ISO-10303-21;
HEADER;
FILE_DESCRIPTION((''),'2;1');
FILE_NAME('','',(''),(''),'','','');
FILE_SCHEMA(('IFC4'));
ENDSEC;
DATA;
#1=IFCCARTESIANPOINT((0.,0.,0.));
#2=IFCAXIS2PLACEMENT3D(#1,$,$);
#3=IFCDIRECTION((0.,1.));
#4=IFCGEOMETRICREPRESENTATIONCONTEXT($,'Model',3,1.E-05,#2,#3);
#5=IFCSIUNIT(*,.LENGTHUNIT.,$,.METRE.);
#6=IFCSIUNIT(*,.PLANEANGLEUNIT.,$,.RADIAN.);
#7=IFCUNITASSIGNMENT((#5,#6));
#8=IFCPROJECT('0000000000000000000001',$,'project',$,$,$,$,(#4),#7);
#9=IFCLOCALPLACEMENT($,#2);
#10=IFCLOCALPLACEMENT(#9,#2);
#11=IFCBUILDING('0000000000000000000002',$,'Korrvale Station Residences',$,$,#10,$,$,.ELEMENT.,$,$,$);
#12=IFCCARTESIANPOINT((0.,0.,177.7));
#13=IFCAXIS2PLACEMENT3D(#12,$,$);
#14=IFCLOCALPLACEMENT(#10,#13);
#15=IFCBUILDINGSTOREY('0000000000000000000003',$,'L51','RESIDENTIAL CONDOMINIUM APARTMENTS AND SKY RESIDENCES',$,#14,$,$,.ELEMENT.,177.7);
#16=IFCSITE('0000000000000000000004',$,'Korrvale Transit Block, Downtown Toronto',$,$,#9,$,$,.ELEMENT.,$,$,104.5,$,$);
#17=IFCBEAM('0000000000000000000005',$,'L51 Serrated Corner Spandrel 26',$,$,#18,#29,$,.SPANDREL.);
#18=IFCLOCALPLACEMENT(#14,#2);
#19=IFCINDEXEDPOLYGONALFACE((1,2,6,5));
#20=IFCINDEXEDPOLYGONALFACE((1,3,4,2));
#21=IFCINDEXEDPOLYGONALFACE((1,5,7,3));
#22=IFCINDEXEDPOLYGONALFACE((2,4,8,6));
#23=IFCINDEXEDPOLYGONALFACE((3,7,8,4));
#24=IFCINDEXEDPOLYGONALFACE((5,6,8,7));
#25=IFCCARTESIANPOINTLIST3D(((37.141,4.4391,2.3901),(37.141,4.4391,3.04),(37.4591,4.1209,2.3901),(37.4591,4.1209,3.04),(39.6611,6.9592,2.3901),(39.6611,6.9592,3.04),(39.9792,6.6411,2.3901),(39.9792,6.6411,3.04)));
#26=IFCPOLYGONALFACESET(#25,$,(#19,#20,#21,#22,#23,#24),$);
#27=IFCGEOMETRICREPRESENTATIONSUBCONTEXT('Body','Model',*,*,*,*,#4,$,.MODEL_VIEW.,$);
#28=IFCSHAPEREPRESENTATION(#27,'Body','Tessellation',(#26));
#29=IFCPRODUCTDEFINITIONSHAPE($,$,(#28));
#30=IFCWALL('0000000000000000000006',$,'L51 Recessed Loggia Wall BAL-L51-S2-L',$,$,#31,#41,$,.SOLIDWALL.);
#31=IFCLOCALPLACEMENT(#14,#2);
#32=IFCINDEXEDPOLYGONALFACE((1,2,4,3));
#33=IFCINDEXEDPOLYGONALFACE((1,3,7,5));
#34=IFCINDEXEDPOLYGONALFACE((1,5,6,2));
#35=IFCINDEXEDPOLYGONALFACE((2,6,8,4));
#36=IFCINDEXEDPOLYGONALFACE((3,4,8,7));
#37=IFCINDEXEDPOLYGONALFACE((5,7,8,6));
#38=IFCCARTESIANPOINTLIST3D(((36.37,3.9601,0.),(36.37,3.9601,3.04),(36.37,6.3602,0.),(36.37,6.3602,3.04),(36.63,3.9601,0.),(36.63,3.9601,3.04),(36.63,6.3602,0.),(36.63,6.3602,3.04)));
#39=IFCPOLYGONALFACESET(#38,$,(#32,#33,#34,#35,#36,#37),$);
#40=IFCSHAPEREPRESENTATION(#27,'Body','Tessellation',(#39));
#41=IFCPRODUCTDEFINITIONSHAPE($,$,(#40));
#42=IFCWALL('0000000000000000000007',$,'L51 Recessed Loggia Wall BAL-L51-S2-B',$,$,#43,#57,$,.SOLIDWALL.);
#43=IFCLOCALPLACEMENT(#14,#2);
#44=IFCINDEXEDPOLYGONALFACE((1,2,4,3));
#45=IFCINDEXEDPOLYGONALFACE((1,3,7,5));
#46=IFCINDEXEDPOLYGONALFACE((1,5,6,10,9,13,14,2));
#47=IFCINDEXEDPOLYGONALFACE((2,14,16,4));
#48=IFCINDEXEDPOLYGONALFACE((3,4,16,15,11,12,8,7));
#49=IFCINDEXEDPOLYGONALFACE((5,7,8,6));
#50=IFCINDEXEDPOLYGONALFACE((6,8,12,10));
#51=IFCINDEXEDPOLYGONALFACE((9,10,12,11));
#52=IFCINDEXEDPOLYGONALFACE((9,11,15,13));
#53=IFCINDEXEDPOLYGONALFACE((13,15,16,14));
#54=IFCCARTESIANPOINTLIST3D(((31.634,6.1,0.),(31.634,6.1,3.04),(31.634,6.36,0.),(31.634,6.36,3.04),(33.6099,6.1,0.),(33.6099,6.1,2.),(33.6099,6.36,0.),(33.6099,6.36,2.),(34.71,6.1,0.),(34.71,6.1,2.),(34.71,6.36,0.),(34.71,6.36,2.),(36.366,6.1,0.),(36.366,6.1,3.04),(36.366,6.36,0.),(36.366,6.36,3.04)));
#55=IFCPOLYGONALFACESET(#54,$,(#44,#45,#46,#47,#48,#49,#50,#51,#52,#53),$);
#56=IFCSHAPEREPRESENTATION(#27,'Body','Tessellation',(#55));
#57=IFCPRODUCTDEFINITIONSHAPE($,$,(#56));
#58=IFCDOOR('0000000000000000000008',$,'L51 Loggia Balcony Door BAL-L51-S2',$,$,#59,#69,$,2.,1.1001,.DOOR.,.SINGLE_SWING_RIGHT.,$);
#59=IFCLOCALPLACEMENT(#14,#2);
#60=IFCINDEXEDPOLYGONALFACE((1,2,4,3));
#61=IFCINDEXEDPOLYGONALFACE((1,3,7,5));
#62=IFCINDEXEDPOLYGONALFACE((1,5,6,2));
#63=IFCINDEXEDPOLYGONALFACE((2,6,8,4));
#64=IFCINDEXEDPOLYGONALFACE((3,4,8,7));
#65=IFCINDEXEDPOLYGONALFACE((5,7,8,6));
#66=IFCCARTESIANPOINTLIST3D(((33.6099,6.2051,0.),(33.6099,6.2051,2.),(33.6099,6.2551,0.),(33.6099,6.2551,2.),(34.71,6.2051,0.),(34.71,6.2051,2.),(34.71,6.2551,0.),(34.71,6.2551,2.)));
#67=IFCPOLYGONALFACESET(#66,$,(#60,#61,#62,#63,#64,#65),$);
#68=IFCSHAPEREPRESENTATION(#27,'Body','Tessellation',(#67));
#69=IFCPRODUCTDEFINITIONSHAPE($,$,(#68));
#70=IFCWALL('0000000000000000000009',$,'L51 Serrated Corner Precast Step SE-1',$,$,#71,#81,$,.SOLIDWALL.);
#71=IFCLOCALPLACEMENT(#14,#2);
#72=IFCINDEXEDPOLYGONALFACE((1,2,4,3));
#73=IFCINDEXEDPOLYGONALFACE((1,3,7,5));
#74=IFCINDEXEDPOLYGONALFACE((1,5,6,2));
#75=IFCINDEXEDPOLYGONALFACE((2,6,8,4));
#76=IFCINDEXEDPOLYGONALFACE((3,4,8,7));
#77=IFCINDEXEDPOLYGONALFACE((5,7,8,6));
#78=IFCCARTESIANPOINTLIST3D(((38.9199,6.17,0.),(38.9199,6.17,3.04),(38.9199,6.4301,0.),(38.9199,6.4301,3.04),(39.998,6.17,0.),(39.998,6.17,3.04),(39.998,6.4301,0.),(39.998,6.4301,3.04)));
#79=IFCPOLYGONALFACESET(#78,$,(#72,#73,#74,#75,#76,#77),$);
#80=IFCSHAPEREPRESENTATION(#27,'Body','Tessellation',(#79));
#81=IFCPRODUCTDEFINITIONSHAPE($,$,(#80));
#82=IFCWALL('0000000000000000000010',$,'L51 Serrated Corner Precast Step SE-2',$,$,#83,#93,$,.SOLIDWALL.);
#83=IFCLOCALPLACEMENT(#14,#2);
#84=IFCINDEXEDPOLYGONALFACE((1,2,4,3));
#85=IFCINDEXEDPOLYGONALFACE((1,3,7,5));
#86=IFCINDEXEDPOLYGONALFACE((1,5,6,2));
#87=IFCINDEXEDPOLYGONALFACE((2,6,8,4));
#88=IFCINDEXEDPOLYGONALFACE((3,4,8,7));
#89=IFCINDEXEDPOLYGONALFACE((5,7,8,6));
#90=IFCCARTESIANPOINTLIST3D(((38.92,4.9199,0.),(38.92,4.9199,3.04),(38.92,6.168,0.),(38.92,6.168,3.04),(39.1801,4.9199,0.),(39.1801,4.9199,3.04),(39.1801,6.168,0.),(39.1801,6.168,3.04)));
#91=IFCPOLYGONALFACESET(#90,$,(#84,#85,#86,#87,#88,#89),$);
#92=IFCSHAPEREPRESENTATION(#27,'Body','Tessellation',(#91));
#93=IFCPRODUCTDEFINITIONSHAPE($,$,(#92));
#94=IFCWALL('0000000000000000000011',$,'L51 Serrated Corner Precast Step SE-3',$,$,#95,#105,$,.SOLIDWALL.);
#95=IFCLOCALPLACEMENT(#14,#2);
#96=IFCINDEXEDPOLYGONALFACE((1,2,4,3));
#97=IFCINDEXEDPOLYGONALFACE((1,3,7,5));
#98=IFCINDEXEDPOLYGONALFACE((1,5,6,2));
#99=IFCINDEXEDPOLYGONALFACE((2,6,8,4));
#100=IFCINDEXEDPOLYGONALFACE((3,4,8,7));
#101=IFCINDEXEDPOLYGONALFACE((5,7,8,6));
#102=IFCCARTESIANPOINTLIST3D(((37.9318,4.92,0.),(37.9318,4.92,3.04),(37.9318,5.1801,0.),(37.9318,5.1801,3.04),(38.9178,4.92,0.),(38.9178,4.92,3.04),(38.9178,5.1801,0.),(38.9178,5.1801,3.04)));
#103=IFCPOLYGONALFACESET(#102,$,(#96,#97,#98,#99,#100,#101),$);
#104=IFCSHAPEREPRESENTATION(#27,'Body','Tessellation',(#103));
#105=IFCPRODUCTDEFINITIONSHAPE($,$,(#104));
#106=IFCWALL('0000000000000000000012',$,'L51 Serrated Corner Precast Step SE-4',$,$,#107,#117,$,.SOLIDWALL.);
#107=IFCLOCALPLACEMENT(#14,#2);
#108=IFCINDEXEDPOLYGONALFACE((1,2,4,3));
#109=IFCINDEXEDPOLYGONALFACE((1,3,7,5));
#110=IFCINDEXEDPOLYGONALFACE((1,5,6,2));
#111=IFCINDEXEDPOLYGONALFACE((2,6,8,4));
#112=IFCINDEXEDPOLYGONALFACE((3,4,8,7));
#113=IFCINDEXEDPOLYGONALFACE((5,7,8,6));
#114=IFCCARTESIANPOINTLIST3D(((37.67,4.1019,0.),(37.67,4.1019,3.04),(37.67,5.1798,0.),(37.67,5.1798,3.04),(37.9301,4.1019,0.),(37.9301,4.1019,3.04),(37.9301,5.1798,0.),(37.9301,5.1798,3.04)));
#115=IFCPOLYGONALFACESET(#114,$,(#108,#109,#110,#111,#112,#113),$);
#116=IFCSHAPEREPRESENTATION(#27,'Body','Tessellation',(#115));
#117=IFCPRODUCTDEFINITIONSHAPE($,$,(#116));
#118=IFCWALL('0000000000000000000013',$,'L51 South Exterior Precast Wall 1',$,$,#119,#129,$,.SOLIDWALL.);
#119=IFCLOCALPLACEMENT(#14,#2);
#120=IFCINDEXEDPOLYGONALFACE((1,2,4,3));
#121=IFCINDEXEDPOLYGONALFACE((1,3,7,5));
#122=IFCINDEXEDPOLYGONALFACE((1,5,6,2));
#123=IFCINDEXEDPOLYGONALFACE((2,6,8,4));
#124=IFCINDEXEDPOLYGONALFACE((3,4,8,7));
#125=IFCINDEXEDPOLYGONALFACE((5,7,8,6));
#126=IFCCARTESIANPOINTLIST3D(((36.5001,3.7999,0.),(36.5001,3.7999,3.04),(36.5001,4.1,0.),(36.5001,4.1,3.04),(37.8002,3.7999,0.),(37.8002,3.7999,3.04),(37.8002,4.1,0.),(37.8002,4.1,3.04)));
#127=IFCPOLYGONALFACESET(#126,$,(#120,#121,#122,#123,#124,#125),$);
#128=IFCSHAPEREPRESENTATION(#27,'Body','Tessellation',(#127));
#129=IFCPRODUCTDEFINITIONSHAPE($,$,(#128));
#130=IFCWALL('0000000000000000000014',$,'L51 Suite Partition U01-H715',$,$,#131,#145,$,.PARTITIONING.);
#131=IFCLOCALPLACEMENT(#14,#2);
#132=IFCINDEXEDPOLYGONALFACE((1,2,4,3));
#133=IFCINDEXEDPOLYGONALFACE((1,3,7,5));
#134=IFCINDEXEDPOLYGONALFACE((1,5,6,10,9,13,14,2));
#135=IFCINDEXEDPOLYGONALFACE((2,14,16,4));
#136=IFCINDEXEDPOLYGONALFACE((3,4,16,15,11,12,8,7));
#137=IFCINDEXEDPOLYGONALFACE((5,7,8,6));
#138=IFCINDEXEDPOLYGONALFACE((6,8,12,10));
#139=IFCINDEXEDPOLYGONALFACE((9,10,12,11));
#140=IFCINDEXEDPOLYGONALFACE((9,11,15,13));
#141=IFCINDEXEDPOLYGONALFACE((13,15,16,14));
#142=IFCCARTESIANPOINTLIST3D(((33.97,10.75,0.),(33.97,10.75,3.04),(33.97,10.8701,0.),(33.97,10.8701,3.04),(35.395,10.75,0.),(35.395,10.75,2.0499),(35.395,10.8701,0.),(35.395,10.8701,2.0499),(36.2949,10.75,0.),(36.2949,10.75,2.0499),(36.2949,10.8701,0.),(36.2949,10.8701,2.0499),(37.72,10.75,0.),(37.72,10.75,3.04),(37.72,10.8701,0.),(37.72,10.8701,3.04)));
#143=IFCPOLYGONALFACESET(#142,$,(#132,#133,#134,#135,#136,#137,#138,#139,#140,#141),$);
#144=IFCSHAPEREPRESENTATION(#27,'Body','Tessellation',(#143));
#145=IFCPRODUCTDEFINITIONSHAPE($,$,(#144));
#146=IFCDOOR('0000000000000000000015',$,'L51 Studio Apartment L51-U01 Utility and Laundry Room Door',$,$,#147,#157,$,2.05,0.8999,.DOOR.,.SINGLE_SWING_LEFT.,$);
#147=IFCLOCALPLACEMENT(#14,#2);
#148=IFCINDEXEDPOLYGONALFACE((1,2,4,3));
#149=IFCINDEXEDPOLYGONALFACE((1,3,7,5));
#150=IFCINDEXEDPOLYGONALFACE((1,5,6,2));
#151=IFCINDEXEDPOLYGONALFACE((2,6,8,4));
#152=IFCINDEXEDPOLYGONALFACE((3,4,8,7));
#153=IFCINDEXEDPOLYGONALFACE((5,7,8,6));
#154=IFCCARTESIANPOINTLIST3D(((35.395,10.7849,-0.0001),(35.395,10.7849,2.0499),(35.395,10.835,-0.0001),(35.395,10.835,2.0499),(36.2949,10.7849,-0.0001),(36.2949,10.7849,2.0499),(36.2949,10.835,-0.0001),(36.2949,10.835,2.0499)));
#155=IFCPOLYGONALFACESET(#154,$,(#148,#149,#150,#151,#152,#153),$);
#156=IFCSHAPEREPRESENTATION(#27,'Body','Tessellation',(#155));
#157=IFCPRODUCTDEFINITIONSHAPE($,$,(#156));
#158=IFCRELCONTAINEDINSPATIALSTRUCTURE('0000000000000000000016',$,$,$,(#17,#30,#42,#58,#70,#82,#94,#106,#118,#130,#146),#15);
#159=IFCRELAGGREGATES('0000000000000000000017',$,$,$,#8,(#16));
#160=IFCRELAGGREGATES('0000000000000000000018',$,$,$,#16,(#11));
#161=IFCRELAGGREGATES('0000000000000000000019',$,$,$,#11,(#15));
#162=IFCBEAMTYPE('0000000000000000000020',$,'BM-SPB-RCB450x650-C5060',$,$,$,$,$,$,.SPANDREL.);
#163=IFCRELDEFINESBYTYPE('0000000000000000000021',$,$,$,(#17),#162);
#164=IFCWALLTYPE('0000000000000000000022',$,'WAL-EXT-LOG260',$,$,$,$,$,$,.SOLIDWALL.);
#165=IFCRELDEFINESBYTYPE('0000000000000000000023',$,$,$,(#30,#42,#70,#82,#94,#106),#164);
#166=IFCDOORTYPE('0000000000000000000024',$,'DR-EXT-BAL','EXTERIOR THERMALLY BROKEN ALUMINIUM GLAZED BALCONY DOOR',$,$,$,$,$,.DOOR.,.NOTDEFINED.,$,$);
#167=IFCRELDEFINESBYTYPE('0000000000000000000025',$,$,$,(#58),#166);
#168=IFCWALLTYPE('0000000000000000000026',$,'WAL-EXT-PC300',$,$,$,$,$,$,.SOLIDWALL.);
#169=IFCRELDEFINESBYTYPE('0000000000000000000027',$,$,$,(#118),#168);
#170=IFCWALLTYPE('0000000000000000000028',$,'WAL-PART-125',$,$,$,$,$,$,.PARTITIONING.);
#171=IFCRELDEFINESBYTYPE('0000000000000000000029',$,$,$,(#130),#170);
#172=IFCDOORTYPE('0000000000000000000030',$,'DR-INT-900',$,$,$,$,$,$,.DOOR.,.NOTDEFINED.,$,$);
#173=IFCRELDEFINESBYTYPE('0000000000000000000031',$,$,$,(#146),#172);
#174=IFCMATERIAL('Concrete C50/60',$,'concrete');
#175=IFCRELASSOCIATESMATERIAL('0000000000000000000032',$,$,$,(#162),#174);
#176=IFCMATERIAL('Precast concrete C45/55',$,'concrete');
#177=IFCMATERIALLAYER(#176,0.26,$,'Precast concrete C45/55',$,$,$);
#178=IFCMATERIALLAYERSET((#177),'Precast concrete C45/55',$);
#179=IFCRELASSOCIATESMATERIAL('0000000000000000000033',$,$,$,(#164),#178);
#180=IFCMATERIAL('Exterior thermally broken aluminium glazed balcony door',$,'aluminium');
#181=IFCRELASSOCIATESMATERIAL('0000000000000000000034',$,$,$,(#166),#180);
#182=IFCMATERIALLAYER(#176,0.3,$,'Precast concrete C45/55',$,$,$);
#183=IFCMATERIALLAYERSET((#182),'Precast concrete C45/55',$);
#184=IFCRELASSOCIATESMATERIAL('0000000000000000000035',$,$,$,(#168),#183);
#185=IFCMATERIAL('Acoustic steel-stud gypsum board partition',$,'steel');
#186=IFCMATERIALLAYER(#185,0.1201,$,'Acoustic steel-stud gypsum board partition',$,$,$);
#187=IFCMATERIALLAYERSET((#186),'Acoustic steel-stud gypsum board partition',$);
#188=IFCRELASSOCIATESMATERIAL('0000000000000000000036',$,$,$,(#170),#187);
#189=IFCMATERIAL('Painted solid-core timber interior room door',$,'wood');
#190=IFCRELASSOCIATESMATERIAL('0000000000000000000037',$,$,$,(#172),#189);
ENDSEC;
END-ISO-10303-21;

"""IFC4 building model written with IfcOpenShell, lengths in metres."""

from ifc_helpers import new_model, si_unit, direction, frame, frame_2d, origin, origin_2d, place, context, subcontext, project, spatial, rectangle, extrude, material, layer, layer_set, material_profile, profile_set, type_object, element, fill, save


model = new_model("IFC4")

# Units and contexts
model_context = context("Model", 3, precision=1e-05, world=origin(), true_north=direction((0.0, 1.0)))
body_context = subcontext(model_context, "Body", "Model", "MODEL_VIEW")
ifc_project = project(units=[si_unit("LENGTHUNIT", "METRE"), si_unit("PLANEANGLEUNIT", "RADIAN")], contexts=[model_context])

# Site, building, storey
site_placement = place(None, origin())
site = spatial("IfcSite", under=ifc_project, at=site_placement, Name="Korrvale Transit Block, Downtown Toronto", CompositionType="ELEMENT", RefElevation=104.5)
building_placement = place(site_placement, origin())
building = spatial("IfcBuilding", under=site, at=building_placement, Name="Korrvale Station Residences", CompositionType="ELEMENT")
storey_placement = place(building_placement, frame((0.0, 0.0, 177.7)))
storey = spatial("IfcBuildingStorey", under=building, at=storey_placement, Name="L51", Description="RESIDENTIAL CONDOMINIUM APARTMENTS AND SKY RESIDENCES", CompositionType="ELEMENT", Elevation=177.7)

# Shared definitions
ifc_material_1 = material(Name="Concrete C50/60", Category="concrete")

# Beam
ifc_material_profile_1 = material_profile(ifc_material_1, rectangle(XDim=0.45, YDim=0.6499, at=origin_2d()), Name="RCB450x650")
ifc_profile_set_1 = profile_set([ifc_material_profile_1], Name="Concrete C50/60")
beam_type_1 = type_object("IfcBeamType", Name="BM-SPB-RCB450x650-C5060", PredefinedType="SPANDREL", material=ifc_profile_set_1)
beam_1_placement = place(storey_placement, frame((37.3, 4.28, 2.7151), z_axis=(0.707107, 0.707107, 0.0), x_axis=(-0.707107, 0.707107, 0.0)))
element("IfcBeam", 1, at=beam_1_placement, inside=storey, type_object=beam_type_1, Name="L51 Serrated Corner Spandrel 26", PredefinedType="SPANDREL", context=body_context, shape_type="SweptSolid", body=[
    extrude(rectangle(XDim=0.45, YDim=0.6499, at=origin_2d()), origin(), (0.0, 0.0, 1.0), 3.564),
])

# Wall
ifc_material_2 = material(Name="Precast concrete C45/55", Category="concrete")
ifc_layer_1 = layer(ifc_material_2, 0.26, Name="Precast concrete C45/55")
ifc_layer_set_1 = layer_set([ifc_layer_1], Name="Precast concrete C45/55")
wall_type_1 = type_object("IfcWallType", Name="WAL-EXT-LOG260", PredefinedType="SOLIDWALL", material=ifc_layer_set_1)
wall_1_placement = place(storey_placement, frame((36.5, 3.96, 0.0), z_axis=(0.0, 0.0, 1.0), x_axis=(0.0, 1.0, 0.0)))
element("IfcWall", 2, at=wall_1_placement, inside=storey, type_object=wall_type_1, Name="L51 Recessed Loggia Wall BAL-L51-S2-L", PredefinedType="SOLIDWALL", context=body_context, shape_type="SweptSolid", body=[
    extrude(rectangle(XDim=2.4001, YDim=0.26, at=frame_2d((1.2002, 0.0))), origin(), (0.0, 0.0, 1.0), 3.04),
])

# Wall, opening, door
wall_2_placement = place(storey_placement, frame((36.366, 6.23, 0.0), z_axis=(0.0, 0.0, 1.0), x_axis=(-1.0, 0.0, 0.0)))
wall_2 = element("IfcWall", 3, at=wall_2_placement, inside=storey, type_object=wall_type_1, Name="L51 Recessed Loggia Wall BAL-L51-S2-B", PredefinedType="SOLIDWALL", context=body_context, shape_type="SweptSolid", body=[
    extrude(rectangle(XDim=4.7319, YDim=0.26, at=frame_2d((2.366, 0.0))), origin(), (0.0, 0.0, 1.0), 3.04),
])
opening_1_placement = place(wall_2_placement, frame((1.656, 0.0, 0.0)))
opening_1 = element("IfcOpeningElement", 4, at=opening_1_placement, cuts=wall_2, PredefinedType="OPENING", context=body_context, shape_type="SweptSolid", body=[
    extrude(rectangle(XDim=1.1001, YDim=2.0, at=frame_2d((0.55, 1.0))), frame((0.0, 0.1401, 0.0), z_axis=(0.0, -1.0, 0.0), x_axis=(1.0, 0.0, 0.0)), (0.0, 0.0, 1.0), 0.28),
])
ifc_material_3 = material(Name="Exterior thermally broken aluminium glazed balcony door", Category="aluminium")
door_type_1 = type_object("IfcDoorType", Name="DR-EXT-BAL", Description="EXTERIOR THERMALLY BROKEN ALUMINIUM GLAZED BALCONY DOOR", OperationType="NOTDEFINED", PredefinedType="DOOR", material=ifc_material_3)
door_1_placement = place(opening_1_placement, origin())
door_1 = element("IfcDoor", 5, at=door_1_placement, inside=storey, type_object=door_type_1, Name="L51 Loggia Balcony Door BAL-L51-S2", OperationType="SINGLE_SWING_RIGHT", OverallHeight=2.0, OverallWidth=1.1001, PredefinedType="DOOR", context=body_context, shape_type="SweptSolid", body=[
    extrude(rectangle(XDim=1.1001, YDim=2.0, at=frame_2d((0.55, 1.0))), frame((0.0, 0.0249, 0.0), z_axis=(0.0, -1.0, 0.0), x_axis=(1.0, 0.0, 0.0)), (0.0, 0.0, 1.0), 0.05),
])
fill(opening_1, door_1)

# Walls
wall_3_placement = place(storey_placement, frame((39.998, 6.3, 0.0), z_axis=(0.0, 0.0, 1.0), x_axis=(-1.0, 0.0, 0.0)))
element("IfcWall", 6, at=wall_3_placement, inside=storey, type_object=wall_type_1, Name="L51 Serrated Corner Precast Step SE-1", PredefinedType="SOLIDWALL", context=body_context, shape_type="SweptSolid", body=[
    extrude(rectangle(XDim=1.0781, YDim=0.26, at=frame_2d((0.5391, 0.0))), origin(), (0.0, 0.0, 1.0), 3.04),
])
wall_4_placement = place(storey_placement, frame((39.05, 6.168, 0.0), z_axis=(0.0, 0.0, 1.0), x_axis=(0.0, -1.0, 0.0)))
element("IfcWall", 7, at=wall_4_placement, inside=storey, type_object=wall_type_1, Name="L51 Serrated Corner Precast Step SE-2", PredefinedType="SOLIDWALL", context=body_context, shape_type="SweptSolid", body=[
    extrude(rectangle(XDim=1.248, YDim=0.26, at=frame_2d((0.624, 0.0))), origin(), (0.0, 0.0, 1.0), 3.04),
])
wall_5_placement = place(storey_placement, frame((38.918, 5.05, 0.0), z_axis=(0.0, 0.0, 1.0), x_axis=(-1.0, 0.0, 0.0)))
element("IfcWall", 8, at=wall_5_placement, inside=storey, type_object=wall_type_1, Name="L51 Serrated Corner Precast Step SE-3", PredefinedType="SOLIDWALL", context=body_context, shape_type="SweptSolid", body=[
    extrude(rectangle(XDim=0.9861, YDim=0.26, at=frame_2d((0.4932, 0.0))), origin(), (0.0, 0.0, 1.0), 3.04),
])
wall_6_placement = place(storey_placement, frame((37.8, 5.1799, 0.0), z_axis=(0.0, 0.0, 1.0), x_axis=(0.0, -1.0, 0.0)))
element("IfcWall", 9, at=wall_6_placement, inside=storey, type_object=wall_type_1, Name="L51 Serrated Corner Precast Step SE-4", PredefinedType="SOLIDWALL", context=body_context, shape_type="SweptSolid", body=[
    extrude(rectangle(XDim=1.0779, YDim=0.26, at=frame_2d((0.5391, 0.0))), origin(), (0.0, 0.0, 1.0), 3.04),
])
ifc_layer_2 = layer(ifc_material_2, 0.3, Name="Precast concrete C45/55")
ifc_layer_set_2 = layer_set([ifc_layer_2], Name="Precast concrete C45/55")
wall_type_2 = type_object("IfcWallType", Name="WAL-EXT-PC300", PredefinedType="SOLIDWALL", material=ifc_layer_set_2)
wall_7_placement = place(storey_placement, frame((37.8, 3.95, 0.0), z_axis=(0.0, 0.0, 1.0), x_axis=(-1.0, 0.0, 0.0)))
element("IfcWall", 10, at=wall_7_placement, inside=storey, type_object=wall_type_2, Name="L51 South Exterior Precast Wall 1", PredefinedType="SOLIDWALL", context=body_context, shape_type="SweptSolid", body=[
    extrude(rectangle(XDim=1.3, YDim=0.3, at=frame_2d((0.6499, 0.0))), origin(), (0.0, 0.0, 1.0), 3.04),
])

# Wall, opening, door
ifc_material_4 = material(Name="Acoustic steel-stud gypsum board partition", Category="steel")
ifc_layer_3 = layer(ifc_material_4, 0.1201, Name="Acoustic steel-stud gypsum board partition")
ifc_layer_set_3 = layer_set([ifc_layer_3], Name="Acoustic steel-stud gypsum board partition")
wall_type_3 = type_object("IfcWallType", Name="WAL-PART-125", PredefinedType="PARTITIONING", material=ifc_layer_set_3)
wall_8_placement = place(storey_placement, frame((33.97, 10.8101, 0.0), z_axis=(0.0, 0.0, 1.0), x_axis=(1.0, 0.0, 0.0)))
wall_8 = element("IfcWall", 11, at=wall_8_placement, inside=storey, type_object=wall_type_3, Name="L51 Suite Partition U01-H715", PredefinedType="PARTITIONING", context=body_context, shape_type="SweptSolid", body=[
    extrude(rectangle(XDim=3.75, YDim=0.1201, at=frame_2d((1.875, 0.0))), origin(), (0.0, 0.0, 1.0), 3.04),
])
opening_2_placement = place(wall_8_placement, frame((1.425, 0.0, 0.0)))
opening_2 = element("IfcOpeningElement", 12, at=opening_2_placement, cuts=wall_8, PredefinedType="OPENING", context=body_context, shape_type="SweptSolid", body=[
    extrude(rectangle(XDim=0.8999, YDim=2.05, at=frame_2d((0.45, 1.0249))), frame((0.0, 0.0701, 0.0), z_axis=(0.0, -1.0, 0.0), x_axis=(1.0, 0.0, 0.0)), (0.0, 0.0, 1.0), 0.1401),
])
ifc_material_5 = material(Name="Painted solid-core timber interior room door", Category="wood")
door_type_2 = type_object("IfcDoorType", Name="DR-INT-900", OperationType="NOTDEFINED", PredefinedType="DOOR", material=ifc_material_5)
door_2_placement = place(opening_2_placement, origin())
door_2 = element("IfcDoor", 13, at=door_2_placement, inside=storey, type_object=door_type_2, Name="L51 Studio Apartment L51-U01 Utility and Laundry Room Door", OperationType="SINGLE_SWING_LEFT", OverallHeight=2.05, OverallWidth=0.8999, PredefinedType="DOOR", context=body_context, shape_type="SweptSolid", body=[
    extrude(rectangle(XDim=0.8999, YDim=2.05, at=frame_2d((0.45, 1.0249))), frame((0.0, 0.0249, 0.0), z_axis=(0.0, -1.0, 0.0), x_axis=(1.0, 0.0, 0.0)), (0.0, 0.0, 1.0), 0.05),
])
fill(opening_2, door_2)

save(model, "model.ifc")
